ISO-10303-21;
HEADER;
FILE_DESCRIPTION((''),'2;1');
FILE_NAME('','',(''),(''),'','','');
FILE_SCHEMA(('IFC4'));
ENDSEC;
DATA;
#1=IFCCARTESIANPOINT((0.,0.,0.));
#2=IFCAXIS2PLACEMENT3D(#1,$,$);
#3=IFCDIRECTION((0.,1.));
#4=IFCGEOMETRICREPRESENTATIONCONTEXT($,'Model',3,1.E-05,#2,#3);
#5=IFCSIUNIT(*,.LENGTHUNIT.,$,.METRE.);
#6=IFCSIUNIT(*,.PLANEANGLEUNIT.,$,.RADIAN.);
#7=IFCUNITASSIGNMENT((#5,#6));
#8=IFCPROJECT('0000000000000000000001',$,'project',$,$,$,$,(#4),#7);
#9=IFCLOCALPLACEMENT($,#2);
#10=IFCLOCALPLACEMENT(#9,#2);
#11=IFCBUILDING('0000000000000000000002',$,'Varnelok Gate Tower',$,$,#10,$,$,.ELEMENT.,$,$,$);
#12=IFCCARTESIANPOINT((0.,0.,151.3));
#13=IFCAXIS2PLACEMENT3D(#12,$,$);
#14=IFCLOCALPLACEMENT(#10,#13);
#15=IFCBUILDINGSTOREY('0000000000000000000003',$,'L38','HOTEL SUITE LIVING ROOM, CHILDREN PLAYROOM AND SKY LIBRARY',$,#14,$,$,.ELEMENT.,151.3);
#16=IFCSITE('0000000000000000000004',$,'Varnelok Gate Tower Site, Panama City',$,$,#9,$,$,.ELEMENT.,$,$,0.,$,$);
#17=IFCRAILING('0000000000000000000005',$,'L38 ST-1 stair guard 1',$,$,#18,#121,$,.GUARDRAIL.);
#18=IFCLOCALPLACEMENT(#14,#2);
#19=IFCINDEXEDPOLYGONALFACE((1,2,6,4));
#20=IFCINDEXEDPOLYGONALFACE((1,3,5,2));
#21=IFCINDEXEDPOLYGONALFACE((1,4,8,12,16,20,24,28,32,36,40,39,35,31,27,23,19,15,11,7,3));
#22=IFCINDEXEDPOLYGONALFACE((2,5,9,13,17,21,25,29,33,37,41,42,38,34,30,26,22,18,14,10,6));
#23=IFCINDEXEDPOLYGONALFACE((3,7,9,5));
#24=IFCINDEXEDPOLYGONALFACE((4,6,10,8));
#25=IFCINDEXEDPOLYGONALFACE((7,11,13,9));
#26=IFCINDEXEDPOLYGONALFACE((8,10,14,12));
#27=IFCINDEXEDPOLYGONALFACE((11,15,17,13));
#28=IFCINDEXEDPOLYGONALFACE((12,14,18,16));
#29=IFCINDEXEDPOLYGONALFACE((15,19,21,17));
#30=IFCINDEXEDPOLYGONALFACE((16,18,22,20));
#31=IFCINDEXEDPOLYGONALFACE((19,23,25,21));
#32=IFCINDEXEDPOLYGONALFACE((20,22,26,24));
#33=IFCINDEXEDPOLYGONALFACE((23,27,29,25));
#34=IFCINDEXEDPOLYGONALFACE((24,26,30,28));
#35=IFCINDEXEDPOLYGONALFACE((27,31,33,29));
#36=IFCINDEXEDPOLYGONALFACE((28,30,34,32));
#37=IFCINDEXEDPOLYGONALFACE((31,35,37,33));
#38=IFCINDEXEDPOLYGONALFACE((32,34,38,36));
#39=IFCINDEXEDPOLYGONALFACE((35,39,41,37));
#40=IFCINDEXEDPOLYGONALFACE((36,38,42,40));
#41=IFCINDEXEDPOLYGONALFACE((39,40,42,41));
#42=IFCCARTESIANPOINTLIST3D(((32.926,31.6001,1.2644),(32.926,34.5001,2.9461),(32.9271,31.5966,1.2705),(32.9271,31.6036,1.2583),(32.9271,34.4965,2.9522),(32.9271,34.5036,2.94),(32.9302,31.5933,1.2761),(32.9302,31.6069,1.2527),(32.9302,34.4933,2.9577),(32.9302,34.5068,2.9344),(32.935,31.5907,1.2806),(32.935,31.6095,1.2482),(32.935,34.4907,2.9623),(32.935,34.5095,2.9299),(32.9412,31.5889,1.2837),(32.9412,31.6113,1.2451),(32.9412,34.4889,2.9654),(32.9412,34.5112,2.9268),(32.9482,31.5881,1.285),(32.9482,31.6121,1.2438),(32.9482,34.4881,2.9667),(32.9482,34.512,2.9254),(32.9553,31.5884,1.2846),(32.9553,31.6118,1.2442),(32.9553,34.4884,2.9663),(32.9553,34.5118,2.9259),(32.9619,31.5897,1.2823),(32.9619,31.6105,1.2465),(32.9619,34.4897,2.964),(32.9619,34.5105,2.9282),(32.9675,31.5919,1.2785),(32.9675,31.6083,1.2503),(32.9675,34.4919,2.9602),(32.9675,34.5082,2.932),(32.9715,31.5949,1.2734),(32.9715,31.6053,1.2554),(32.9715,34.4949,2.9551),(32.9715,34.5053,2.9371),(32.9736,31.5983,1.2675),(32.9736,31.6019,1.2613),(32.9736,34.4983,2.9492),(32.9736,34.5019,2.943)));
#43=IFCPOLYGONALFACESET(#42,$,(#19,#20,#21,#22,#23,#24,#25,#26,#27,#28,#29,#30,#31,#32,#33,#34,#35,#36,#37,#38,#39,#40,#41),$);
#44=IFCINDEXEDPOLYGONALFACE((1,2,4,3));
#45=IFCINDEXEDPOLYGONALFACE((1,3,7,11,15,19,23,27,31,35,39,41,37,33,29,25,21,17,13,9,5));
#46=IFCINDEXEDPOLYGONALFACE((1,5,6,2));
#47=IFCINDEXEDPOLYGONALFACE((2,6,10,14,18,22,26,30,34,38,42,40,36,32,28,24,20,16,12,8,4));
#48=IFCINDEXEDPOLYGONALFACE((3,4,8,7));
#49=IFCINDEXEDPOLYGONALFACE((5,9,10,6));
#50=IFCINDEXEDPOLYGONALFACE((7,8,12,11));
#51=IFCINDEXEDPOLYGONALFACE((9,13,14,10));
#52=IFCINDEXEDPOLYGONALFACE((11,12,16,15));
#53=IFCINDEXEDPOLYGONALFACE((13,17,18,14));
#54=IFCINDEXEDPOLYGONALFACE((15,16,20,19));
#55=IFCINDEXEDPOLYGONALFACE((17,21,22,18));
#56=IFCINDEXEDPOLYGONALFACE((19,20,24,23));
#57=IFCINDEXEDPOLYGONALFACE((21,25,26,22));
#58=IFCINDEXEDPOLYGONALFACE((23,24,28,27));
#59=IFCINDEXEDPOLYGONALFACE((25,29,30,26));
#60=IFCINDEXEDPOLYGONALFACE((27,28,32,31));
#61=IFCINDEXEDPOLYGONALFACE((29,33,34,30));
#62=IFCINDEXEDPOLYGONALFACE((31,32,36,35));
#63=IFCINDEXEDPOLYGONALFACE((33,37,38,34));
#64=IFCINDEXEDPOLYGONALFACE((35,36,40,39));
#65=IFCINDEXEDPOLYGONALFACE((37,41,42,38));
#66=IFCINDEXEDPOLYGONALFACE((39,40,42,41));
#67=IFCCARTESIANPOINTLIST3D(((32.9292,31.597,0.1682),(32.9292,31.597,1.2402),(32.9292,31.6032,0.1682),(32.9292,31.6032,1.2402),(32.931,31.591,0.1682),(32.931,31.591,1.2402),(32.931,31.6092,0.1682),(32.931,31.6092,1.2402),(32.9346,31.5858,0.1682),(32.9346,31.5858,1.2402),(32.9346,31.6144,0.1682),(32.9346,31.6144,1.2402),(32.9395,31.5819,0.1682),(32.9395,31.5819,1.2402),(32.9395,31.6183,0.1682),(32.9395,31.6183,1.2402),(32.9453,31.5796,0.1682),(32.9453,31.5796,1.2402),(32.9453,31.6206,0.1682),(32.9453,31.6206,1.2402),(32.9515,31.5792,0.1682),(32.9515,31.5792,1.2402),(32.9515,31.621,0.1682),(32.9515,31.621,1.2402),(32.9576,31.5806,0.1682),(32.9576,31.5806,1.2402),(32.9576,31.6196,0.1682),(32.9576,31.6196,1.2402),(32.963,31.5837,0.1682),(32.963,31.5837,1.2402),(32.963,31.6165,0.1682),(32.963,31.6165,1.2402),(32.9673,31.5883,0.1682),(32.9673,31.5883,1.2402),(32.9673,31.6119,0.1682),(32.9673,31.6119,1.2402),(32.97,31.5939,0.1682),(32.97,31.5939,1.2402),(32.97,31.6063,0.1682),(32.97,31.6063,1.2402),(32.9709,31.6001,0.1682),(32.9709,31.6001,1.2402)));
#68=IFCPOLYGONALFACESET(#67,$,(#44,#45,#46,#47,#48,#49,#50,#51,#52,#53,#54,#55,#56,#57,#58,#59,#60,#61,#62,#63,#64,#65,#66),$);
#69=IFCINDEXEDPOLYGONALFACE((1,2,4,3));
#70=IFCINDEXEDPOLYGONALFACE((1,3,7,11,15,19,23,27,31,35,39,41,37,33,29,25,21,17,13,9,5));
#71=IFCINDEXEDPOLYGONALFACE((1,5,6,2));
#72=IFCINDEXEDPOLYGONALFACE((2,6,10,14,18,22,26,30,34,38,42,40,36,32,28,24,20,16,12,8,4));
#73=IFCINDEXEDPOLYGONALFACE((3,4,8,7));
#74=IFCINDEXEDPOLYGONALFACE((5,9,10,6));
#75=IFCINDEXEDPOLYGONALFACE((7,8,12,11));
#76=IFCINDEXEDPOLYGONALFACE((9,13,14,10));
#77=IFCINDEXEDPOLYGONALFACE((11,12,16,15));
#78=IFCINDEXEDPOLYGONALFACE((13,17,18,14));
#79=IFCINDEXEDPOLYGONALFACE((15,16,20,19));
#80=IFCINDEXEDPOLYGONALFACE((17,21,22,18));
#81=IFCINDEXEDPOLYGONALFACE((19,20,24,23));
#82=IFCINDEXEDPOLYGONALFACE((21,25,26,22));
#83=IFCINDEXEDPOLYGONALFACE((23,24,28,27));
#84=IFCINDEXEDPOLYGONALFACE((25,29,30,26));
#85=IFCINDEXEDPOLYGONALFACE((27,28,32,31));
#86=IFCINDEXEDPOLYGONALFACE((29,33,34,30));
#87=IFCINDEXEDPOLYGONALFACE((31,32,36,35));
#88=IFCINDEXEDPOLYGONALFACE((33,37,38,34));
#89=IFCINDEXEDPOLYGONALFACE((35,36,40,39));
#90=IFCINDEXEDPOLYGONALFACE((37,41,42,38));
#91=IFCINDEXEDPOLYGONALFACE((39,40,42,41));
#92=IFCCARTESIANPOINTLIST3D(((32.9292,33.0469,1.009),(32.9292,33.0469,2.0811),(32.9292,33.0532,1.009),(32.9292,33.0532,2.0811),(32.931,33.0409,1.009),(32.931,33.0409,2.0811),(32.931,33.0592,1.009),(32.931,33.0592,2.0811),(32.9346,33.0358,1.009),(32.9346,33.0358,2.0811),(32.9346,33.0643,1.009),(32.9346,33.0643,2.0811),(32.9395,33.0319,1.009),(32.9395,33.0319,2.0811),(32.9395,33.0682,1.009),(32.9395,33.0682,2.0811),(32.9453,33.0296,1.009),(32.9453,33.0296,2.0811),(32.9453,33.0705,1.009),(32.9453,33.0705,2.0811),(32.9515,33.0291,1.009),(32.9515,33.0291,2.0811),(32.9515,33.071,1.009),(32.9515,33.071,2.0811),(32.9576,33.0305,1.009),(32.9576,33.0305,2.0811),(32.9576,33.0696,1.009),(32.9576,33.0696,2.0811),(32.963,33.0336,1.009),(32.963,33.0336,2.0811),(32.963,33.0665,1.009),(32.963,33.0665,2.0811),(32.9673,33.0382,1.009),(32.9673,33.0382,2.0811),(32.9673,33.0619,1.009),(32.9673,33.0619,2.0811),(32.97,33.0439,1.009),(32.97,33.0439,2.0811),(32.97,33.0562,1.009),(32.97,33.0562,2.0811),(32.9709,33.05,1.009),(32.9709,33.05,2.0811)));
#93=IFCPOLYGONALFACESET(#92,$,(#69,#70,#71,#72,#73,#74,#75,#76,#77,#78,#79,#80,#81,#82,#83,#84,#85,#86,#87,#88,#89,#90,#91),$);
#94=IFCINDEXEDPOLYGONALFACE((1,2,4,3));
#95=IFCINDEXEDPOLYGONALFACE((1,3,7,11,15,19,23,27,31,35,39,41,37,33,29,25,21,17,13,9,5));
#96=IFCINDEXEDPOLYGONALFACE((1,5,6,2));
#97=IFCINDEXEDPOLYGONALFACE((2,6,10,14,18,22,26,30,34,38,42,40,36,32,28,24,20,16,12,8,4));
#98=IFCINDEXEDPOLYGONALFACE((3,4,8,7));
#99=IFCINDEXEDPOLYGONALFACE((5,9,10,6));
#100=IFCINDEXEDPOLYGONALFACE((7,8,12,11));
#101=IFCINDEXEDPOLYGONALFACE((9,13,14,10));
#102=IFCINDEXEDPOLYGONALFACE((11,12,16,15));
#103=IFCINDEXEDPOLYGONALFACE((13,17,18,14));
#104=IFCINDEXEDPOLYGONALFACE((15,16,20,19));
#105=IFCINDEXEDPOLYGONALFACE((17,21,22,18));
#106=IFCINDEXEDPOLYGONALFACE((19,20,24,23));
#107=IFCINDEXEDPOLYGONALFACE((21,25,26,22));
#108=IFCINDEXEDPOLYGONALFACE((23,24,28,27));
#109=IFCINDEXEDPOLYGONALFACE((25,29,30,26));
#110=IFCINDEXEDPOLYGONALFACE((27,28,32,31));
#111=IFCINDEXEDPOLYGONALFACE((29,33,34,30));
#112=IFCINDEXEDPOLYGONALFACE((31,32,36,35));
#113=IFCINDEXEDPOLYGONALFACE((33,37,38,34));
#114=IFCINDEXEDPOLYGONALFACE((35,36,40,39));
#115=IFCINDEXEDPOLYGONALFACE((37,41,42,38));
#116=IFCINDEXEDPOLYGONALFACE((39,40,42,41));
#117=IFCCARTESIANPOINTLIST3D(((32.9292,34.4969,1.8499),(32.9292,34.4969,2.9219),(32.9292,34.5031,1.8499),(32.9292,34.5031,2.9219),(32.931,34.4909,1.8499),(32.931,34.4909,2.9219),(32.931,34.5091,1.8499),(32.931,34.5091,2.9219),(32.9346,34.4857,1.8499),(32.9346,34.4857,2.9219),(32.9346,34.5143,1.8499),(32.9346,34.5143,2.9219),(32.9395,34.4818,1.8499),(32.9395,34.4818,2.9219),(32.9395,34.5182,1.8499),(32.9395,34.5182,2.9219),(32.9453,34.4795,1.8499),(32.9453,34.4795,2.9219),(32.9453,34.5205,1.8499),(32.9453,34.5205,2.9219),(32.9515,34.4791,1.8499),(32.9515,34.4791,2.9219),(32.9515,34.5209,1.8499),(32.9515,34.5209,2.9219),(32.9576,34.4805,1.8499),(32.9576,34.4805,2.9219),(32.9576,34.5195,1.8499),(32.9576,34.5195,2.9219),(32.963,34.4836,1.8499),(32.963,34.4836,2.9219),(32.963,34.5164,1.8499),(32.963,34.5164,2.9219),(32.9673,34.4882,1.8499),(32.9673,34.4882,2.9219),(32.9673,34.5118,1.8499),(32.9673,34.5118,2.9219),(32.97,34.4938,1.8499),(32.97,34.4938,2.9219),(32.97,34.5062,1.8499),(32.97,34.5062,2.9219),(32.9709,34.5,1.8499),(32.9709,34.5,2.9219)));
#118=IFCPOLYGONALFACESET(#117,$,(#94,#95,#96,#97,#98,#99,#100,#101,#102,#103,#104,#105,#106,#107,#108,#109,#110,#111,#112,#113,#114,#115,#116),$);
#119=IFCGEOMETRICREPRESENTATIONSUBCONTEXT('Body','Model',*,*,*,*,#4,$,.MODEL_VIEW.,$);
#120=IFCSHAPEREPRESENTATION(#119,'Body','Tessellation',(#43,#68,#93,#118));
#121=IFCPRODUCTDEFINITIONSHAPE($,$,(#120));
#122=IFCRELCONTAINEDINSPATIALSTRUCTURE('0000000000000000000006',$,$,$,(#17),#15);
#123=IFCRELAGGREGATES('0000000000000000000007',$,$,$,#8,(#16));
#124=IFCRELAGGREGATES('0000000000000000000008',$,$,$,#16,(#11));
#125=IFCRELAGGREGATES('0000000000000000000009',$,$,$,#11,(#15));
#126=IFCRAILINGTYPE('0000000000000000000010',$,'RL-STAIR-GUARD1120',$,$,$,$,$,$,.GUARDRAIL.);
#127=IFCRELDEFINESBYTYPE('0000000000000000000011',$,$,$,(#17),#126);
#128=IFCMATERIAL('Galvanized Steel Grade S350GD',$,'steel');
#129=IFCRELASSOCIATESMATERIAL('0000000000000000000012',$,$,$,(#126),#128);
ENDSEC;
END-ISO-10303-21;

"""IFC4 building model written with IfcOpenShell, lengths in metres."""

from ifc_helpers import new_model, si_unit, direction, frame, origin, origin_2d, place, context, subcontext, project, spatial, circle, extrude, material, type_object, element, save


model = new_model("IFC4")

# Units and contexts
model_context = context("Model", 3, precision=1e-05, world=origin(), true_north=direction((0.0, 1.0)))
body_context = subcontext(model_context, "Body", "Model", "MODEL_VIEW")
ifc_project = project(units=[si_unit("LENGTHUNIT", "METRE"), si_unit("PLANEANGLEUNIT", "RADIAN")], contexts=[model_context])

# Site, building, storey
site_placement = place(None, origin())
site = spatial("IfcSite", under=ifc_project, at=site_placement, Name="Varnelok Gate Tower Site, Panama City", CompositionType="ELEMENT", RefElevation=0.0)
building_placement = place(site_placement, origin())
building = spatial("IfcBuilding", under=site, at=building_placement, Name="Varnelok Gate Tower", CompositionType="ELEMENT")
storey_placement = place(building_placement, frame((0.0, 0.0, 151.3)))
storey = spatial("IfcBuildingStorey", under=building, at=storey_placement, Name="L38", Description="HOTEL SUITE LIVING ROOM, CHILDREN PLAYROOM AND SKY LIBRARY", CompositionType="ELEMENT", Elevation=151.3)

# Shared definitions
ifc_material_1 = material(Name="Galvanized Steel Grade S350GD", Category="steel")

# Railing
railing_type_1 = type_object("IfcRailingType", Name="RL-STAIR-GUARD1120", PredefinedType="GUARDRAIL", material=ifc_material_1)
railing_1_placement = place(storey_placement, frame((32.95, 31.6001, 0.1682)))
element("IfcRailing", 1, at=railing_1_placement, inside=storey, type_object=railing_type_1, Name="L38 ST-1 stair guard 1", PredefinedType="GUARDRAIL", context=body_context, shape_type="SweptSolid", body=[
    extrude(circle(Radius=0.0239, at=origin_2d()), frame((0.0, 0.0, 1.0962), z_axis=(0.0, 0.86507, 0.501651), x_axis=(-1.0, 0.0, 0.0)), (0.0, 0.0, 1.0), 3.3523),
    extrude(circle(Radius=0.021, at=origin_2d()), origin(), (0.0, 0.0, 1.0), 1.072),
    extrude(circle(Radius=0.021, at=origin_2d()), frame((0.0, 1.45, 0.8408)), (0.0, 0.0, 1.0), 1.072),
    extrude(circle(Radius=0.021, at=origin_2d()), frame((0.0, 2.8999, 1.6816)), (0.0, 0.0, 1.0), 1.072),
])

save(model, "model.ifc")
